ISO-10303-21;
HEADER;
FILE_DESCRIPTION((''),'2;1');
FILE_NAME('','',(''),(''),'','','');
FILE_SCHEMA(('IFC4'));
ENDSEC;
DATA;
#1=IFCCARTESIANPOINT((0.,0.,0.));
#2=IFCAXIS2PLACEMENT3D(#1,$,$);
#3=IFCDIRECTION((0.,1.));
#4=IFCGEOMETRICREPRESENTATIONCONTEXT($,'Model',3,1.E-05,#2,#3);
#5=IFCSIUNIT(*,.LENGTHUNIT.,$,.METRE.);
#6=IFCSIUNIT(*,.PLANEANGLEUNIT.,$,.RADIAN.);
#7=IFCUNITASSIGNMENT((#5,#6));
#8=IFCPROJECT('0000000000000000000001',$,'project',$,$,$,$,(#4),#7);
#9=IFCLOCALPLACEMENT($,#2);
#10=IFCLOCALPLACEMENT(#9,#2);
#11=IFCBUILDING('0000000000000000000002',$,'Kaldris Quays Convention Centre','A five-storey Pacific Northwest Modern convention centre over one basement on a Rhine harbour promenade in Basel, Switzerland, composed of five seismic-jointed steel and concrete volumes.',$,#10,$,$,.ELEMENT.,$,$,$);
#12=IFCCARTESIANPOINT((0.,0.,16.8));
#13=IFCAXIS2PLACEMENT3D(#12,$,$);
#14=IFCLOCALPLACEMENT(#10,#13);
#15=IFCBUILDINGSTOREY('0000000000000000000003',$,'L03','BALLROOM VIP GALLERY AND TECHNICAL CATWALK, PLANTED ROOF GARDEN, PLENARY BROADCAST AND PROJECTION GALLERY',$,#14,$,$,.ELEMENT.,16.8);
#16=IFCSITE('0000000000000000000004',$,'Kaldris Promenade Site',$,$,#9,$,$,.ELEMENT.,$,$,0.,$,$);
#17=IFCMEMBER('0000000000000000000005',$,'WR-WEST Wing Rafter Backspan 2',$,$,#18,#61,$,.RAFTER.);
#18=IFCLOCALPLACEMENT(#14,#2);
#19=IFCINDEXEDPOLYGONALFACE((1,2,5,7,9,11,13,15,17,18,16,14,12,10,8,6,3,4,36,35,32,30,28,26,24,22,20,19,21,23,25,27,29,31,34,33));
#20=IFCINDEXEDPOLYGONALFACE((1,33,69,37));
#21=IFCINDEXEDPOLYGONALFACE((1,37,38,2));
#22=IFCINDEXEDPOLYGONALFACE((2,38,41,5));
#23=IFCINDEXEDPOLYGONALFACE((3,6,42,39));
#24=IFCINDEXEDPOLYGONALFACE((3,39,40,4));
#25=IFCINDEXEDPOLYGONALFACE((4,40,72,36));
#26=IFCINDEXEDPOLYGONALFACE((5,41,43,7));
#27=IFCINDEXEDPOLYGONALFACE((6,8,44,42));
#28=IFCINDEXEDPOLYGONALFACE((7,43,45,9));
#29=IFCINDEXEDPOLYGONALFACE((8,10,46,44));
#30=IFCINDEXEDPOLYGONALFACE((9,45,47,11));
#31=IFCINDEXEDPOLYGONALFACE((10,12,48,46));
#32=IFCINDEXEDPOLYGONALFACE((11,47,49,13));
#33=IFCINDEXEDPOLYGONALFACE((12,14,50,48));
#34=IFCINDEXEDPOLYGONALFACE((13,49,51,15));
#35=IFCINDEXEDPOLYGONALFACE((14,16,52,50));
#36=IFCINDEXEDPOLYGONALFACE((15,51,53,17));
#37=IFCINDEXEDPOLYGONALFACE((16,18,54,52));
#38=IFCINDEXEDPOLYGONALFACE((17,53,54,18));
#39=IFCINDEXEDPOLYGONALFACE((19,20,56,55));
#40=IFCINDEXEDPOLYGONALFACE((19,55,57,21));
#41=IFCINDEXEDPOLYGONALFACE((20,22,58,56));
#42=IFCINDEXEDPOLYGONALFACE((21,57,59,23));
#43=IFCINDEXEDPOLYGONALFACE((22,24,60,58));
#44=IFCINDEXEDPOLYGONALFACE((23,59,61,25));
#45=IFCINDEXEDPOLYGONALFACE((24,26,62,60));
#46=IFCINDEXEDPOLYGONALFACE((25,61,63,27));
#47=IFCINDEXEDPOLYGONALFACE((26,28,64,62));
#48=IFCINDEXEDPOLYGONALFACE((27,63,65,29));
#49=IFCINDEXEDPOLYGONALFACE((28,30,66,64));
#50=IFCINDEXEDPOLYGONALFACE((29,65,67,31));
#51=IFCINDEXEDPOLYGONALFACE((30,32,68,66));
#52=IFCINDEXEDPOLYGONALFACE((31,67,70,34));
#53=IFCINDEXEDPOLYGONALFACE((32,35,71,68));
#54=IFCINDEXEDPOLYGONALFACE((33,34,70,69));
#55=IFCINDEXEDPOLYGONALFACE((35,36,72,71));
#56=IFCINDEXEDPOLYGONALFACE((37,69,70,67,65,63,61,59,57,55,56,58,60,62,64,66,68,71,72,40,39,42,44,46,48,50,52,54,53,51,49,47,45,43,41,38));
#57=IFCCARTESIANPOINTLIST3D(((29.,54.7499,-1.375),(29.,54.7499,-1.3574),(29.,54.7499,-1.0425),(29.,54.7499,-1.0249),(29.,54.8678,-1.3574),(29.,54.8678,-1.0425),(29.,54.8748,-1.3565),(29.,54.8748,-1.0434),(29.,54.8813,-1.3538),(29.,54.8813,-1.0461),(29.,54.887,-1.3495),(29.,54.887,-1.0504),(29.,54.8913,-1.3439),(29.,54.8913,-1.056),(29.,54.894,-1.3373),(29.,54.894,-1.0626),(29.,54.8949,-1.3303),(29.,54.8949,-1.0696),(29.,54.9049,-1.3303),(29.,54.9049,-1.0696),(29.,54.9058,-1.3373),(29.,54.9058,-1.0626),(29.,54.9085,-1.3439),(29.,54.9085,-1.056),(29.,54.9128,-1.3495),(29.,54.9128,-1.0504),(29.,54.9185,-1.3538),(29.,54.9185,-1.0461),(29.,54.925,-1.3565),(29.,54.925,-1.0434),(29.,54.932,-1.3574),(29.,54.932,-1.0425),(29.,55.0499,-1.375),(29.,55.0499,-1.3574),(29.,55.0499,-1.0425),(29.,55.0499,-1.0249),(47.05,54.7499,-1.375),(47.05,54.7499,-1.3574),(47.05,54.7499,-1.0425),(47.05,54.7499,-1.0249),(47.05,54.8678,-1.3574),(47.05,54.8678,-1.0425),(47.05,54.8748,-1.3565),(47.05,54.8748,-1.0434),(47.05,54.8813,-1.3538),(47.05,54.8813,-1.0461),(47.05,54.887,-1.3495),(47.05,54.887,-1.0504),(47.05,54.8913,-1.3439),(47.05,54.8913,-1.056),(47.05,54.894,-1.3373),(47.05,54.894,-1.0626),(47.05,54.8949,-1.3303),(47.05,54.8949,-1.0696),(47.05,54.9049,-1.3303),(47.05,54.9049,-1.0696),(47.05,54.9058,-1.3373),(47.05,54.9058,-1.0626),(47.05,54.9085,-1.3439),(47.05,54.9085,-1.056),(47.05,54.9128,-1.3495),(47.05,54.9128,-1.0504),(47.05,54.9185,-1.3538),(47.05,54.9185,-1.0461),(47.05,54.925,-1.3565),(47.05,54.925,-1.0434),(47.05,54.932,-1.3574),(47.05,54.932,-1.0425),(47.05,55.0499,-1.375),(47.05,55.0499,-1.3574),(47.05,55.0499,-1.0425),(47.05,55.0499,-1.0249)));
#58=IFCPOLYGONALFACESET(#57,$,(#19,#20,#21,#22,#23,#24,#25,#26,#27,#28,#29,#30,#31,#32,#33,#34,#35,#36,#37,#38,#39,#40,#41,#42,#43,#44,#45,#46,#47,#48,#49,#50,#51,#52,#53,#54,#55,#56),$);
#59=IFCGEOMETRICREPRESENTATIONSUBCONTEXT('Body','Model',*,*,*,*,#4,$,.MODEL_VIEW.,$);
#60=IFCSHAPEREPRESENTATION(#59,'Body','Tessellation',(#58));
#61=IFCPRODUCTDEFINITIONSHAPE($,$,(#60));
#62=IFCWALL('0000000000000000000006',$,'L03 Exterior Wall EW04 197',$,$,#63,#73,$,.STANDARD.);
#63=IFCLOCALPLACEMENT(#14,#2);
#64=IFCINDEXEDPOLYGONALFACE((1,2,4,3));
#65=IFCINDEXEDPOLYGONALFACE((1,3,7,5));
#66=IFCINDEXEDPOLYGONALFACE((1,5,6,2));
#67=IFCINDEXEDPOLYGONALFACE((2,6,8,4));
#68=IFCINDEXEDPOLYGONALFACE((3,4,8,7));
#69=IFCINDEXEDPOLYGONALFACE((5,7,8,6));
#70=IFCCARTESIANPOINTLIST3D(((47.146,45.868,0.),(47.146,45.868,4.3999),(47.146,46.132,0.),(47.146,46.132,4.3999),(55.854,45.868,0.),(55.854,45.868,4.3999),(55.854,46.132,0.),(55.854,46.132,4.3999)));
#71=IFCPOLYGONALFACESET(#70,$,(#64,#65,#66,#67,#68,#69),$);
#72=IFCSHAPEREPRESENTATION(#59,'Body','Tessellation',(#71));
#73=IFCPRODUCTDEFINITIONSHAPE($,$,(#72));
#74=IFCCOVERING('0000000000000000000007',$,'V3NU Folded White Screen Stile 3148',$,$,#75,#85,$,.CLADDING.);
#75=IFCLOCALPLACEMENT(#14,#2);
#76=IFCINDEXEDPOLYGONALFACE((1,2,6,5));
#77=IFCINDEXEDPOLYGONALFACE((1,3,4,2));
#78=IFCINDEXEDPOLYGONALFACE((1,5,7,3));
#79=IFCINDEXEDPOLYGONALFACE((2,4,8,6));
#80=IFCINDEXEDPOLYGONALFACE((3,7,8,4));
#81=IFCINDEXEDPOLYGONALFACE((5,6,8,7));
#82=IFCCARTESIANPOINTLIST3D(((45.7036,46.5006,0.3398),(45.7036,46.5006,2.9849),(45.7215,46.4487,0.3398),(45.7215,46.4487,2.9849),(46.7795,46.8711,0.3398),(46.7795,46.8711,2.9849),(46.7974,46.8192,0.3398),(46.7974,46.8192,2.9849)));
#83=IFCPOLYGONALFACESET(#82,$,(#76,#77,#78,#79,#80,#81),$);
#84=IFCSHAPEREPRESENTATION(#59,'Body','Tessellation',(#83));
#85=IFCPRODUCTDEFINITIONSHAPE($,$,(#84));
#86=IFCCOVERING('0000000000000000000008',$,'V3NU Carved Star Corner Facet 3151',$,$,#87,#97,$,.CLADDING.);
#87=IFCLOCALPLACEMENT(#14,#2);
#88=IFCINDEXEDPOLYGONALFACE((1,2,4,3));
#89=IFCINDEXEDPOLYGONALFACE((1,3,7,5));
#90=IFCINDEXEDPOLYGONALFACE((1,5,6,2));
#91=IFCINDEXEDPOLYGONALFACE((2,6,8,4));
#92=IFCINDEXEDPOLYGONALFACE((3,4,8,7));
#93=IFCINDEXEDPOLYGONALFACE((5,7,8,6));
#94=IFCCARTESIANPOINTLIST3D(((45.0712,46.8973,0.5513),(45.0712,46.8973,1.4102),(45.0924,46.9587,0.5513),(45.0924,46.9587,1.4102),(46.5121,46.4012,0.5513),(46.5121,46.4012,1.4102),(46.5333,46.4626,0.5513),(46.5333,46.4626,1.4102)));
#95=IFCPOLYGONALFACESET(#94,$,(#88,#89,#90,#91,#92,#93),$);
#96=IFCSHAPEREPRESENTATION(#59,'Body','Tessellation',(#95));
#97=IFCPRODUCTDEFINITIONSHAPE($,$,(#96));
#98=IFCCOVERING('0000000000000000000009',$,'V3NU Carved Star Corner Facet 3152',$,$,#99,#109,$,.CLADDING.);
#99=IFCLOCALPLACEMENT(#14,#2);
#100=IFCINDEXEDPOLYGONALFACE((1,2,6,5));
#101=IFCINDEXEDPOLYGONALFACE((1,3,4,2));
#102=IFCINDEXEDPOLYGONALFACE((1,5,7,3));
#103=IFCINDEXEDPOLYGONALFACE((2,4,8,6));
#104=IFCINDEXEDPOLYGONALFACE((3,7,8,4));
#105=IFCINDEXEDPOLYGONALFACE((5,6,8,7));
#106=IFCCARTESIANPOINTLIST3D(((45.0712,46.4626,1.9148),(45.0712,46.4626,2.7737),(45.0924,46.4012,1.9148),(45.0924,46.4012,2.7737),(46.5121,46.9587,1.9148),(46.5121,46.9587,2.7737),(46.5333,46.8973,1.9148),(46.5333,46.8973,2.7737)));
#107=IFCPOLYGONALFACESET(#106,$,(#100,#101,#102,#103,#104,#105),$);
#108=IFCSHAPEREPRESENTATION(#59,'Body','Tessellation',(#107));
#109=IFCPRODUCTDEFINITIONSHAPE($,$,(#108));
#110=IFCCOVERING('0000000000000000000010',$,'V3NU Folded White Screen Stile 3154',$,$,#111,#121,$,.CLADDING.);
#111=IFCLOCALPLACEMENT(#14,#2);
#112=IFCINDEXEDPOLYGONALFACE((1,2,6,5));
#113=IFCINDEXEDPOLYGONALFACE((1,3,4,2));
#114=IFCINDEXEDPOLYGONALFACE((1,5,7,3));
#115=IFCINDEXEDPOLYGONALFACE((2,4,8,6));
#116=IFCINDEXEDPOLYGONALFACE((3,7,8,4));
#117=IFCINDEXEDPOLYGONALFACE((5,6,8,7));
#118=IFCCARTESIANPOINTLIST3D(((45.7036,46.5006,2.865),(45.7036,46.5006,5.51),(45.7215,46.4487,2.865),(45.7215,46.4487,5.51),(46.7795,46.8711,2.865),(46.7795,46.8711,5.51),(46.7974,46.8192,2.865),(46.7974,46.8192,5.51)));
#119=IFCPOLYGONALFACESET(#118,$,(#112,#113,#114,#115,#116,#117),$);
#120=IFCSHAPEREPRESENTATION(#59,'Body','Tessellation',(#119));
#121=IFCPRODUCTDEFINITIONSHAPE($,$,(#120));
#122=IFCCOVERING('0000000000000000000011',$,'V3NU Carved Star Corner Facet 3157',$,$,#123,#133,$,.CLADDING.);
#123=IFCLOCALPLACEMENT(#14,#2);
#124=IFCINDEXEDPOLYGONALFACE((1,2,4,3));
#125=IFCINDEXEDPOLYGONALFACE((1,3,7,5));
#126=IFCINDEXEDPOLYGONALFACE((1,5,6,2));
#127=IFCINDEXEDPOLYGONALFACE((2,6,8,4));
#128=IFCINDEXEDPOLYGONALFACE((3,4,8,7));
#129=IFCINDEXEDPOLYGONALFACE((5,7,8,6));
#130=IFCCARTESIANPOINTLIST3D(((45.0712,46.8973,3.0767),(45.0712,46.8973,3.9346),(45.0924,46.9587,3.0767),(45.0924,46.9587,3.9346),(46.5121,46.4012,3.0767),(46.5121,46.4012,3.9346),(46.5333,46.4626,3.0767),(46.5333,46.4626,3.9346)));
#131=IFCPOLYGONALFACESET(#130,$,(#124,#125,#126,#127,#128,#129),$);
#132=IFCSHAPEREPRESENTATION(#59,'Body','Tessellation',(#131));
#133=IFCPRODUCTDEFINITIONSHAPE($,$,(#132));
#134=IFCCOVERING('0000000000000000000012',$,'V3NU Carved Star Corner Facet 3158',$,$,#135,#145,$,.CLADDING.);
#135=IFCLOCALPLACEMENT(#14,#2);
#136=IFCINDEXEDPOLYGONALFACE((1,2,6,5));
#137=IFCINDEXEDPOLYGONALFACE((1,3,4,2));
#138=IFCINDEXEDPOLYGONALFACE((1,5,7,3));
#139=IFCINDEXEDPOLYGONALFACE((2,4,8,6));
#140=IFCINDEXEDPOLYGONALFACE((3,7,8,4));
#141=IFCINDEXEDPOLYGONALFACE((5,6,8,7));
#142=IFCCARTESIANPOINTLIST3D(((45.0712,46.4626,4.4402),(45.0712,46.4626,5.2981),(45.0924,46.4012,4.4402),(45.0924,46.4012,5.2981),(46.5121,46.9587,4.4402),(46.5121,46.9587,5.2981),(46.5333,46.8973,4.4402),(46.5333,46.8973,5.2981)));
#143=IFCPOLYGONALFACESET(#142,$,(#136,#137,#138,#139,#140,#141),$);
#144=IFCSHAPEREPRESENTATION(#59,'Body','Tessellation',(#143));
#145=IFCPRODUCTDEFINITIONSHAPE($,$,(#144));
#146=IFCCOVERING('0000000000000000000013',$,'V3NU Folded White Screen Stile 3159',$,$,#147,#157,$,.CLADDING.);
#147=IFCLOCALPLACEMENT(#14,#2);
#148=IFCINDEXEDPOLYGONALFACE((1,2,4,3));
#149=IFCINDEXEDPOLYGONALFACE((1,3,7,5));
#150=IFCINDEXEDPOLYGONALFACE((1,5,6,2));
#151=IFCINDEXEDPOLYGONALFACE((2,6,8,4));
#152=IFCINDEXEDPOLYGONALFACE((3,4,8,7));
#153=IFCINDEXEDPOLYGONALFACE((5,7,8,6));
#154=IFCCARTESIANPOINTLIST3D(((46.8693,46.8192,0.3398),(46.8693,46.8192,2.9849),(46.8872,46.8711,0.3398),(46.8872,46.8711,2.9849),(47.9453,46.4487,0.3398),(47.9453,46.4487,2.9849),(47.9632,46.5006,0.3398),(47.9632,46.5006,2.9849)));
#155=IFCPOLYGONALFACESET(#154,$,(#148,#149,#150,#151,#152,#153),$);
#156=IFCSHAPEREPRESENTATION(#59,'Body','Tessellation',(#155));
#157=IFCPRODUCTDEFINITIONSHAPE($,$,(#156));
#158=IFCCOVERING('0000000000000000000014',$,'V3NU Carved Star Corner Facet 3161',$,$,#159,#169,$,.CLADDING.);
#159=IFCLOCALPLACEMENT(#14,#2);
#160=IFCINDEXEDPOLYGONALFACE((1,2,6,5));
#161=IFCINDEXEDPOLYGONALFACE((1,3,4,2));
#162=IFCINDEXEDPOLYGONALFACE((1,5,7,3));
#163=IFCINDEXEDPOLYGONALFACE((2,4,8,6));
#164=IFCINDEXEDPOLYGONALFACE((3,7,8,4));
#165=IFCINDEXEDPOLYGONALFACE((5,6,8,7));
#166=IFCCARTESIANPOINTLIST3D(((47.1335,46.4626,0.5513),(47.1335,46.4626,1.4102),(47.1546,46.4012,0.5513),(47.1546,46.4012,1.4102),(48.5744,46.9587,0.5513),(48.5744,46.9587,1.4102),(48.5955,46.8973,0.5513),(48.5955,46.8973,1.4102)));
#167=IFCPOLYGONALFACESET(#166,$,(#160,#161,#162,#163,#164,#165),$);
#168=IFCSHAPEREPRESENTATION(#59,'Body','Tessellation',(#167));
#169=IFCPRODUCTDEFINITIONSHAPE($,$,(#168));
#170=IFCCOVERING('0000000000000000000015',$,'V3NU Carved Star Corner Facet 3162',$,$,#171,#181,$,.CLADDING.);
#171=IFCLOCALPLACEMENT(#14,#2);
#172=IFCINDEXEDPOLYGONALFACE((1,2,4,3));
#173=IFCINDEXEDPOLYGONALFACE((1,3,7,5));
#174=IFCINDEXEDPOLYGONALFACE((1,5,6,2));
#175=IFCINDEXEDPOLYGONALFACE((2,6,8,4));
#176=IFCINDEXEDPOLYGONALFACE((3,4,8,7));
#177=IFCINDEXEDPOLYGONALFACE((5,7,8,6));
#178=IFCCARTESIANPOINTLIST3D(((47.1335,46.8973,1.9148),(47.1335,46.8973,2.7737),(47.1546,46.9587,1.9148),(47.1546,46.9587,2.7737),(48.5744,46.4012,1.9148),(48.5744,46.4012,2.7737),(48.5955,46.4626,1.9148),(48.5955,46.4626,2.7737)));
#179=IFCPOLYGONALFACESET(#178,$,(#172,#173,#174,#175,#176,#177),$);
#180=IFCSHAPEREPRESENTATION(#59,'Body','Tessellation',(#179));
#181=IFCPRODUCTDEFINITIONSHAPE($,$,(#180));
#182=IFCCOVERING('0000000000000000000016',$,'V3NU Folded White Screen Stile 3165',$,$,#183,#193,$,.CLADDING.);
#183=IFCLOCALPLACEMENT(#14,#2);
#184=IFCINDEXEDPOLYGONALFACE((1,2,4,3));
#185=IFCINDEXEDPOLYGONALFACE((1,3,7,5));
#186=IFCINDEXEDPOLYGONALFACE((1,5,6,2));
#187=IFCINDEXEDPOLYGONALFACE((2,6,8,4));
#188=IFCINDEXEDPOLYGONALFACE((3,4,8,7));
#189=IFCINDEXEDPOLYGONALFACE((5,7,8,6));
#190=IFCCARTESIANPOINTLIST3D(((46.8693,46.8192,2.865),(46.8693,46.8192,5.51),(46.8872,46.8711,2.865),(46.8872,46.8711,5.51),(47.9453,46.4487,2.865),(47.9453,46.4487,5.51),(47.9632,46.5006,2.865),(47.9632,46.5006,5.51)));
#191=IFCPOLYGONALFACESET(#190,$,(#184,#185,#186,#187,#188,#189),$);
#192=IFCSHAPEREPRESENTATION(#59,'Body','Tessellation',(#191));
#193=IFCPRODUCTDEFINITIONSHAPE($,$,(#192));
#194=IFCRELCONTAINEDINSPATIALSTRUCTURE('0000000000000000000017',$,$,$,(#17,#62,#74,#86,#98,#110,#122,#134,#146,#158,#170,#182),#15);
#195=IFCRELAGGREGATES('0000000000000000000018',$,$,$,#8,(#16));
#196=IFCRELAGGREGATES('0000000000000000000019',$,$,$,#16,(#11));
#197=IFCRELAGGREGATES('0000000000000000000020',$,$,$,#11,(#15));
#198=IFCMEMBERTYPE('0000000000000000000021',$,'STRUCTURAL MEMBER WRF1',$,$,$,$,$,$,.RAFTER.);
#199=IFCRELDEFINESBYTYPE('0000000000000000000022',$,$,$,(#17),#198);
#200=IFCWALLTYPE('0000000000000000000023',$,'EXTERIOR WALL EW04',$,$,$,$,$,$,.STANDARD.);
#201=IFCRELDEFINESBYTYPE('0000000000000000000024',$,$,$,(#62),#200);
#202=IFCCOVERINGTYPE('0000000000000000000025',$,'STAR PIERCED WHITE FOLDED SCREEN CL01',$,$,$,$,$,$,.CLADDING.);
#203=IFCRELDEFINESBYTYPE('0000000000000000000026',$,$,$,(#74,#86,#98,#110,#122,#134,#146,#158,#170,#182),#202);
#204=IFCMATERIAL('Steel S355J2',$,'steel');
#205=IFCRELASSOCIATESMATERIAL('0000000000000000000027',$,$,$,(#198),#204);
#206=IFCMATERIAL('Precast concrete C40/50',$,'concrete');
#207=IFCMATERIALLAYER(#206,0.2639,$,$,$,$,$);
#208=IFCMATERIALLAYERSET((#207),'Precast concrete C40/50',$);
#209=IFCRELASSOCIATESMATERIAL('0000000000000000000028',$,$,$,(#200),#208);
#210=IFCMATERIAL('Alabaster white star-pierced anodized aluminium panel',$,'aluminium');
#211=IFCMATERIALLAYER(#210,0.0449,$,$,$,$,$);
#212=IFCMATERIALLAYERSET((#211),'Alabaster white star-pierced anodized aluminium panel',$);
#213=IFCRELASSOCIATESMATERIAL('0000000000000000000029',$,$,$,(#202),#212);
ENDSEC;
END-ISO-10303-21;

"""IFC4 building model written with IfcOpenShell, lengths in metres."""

from ifc_helpers import new_model, si_unit, direction, frame, frame_2d, origin, origin_2d, place, context, subcontext, project, spatial, rectangle, i_section, extrude, material, layer, layer_set, material_profile, profile_set, type_object, element, save


model = new_model("IFC4")

# Units and contexts
model_context = context("Model", 3, precision=1e-05, world=origin(), true_north=direction((0.0, 1.0)))
body_context = subcontext(model_context, "Body", "Model", "MODEL_VIEW")
ifc_project = project(units=[si_unit("LENGTHUNIT", "METRE"), si_unit("PLANEANGLEUNIT", "RADIAN")], contexts=[model_context])

# Site, building, storey
site_placement = place(None, origin())
site = spatial("IfcSite", under=ifc_project, at=site_placement, Name="Kaldris Promenade Site", CompositionType="ELEMENT", RefElevation=0.0)
building_placement = place(site_placement, origin())
building = spatial("IfcBuilding", under=site, at=building_placement, Name="Kaldris Quays Convention Centre", Description="A five-storey Pacific Northwest Modern convention centre over one basement on a Rhine harbour promenade in Basel, Switzerland, composed of five seismic-jointed steel and concrete volumes.", CompositionType="ELEMENT")
storey_placement = place(building_placement, frame((0.0, 0.0, 16.8)))
storey = spatial("IfcBuildingStorey", under=building, at=storey_placement, Name="L03", Description="BALLROOM VIP GALLERY AND TECHNICAL CATWALK, PLANTED ROOF GARDEN, PLENARY BROADCAST AND PROJECTION GALLERY", CompositionType="ELEMENT", Elevation=16.8)

# Shared definitions
ifc_material_1 = material(Name="Steel S355J2", Category="steel")

# Member
ifc_material_profile_1 = material_profile(ifc_material_1, i_section(OverallWidth=0.3, OverallDepth=0.3501, WebThickness=0.01, FlangeThickness=0.0176, FilletRadius=0.0271, at=origin_2d()), Name="HEA 360")
ifc_profile_set_1 = profile_set([ifc_material_profile_1], Name="Steel S355J2")
member_type_1 = type_object("IfcMemberType", Name="STRUCTURAL MEMBER WRF1", PredefinedType="RAFTER", material=ifc_profile_set_1)
for number, where, z_axis, x_axis, name in (
    (1, (47.05, 54.8999, -1.2), (-1.0, 0.0, 0.0), (0.0, -1.0, 0.0), "WR-WEST Wing Rafter Backspan 2"),
):
    element("IfcMember", number, at=place(storey_placement, frame(where, z_axis=z_axis, x_axis=x_axis)), inside=storey, type_object=member_type_1, Name=name, PredefinedType="RAFTER", context=body_context, shape_type="SweptSolid", body=[
        extrude(i_section(OverallWidth=0.3, OverallDepth=0.3501, WebThickness=0.01, FlangeThickness=0.0176, FilletRadius=0.0271, at=origin_2d()), origin(), (0.0, 0.0, 1.0), 18.05),
    ])

# Wall
ifc_material_2 = material(Name="Precast concrete C40/50", Category="concrete")
ifc_layer_1 = layer(ifc_material_2, 0.2639)
ifc_layer_set_1 = layer_set([ifc_layer_1], Name="Precast concrete C40/50")
wall_type = type_object("IfcWallType", Name="EXTERIOR WALL EW04", PredefinedType="STANDARD", material=ifc_layer_set_1)
wall_placement = place(storey_placement, frame((47.146, 46.0, 0.0), z_axis=(0.0, 0.0, 1.0), x_axis=(1.0, 0.0, 0.0)))
element("IfcWall", 2, at=wall_placement, inside=storey, type_object=wall_type, Name="L03 Exterior Wall EW04 197", PredefinedType="STANDARD", context=body_context, shape_type="SweptSolid", body=[
    extrude(rectangle(XDim=8.708, YDim=0.2639, at=frame_2d((4.354, 0.0))), origin(), (0.0, 0.0, 1.0), 4.3999),
])

# Coverings
ifc_material_3 = material(Name="Alabaster white star-pierced anodized aluminium panel", Category="aluminium")
ifc_layer_2 = layer(ifc_material_3, 0.0449)
ifc_layer_set_2 = layer_set([ifc_layer_2], Name="Alabaster white star-pierced anodized aluminium panel")
covering_type = type_object("IfcCoveringType", Name="STAR PIERCED WHITE FOLDED SCREEN CL01", PredefinedType="CLADDING", material=ifc_layer_set_2)
covering_1_placement = place(storey_placement, frame((46.2505, 46.6599, 0.3398), z_axis=(0.0, 0.0, 1.0), x_axis=(0.945519, 0.325568, 0.0)))
element("IfcCovering", 3, at=covering_1_placement, inside=storey, type_object=covering_type, Name="V3NU Folded White Screen Stile 3148", PredefinedType="CLADDING", context=body_context, shape_type="SweptSolid", body=[
    extrude(rectangle(XDim=1.1379, YDim=0.0549, at=origin_2d()), origin(), (0.0, 0.0, 1.0), 2.645),
])
for number, where, z_axis, x_axis, name in (
    (4, (45.8022, 46.6799, 0.5513), (0.0, 0.0, 1.0), (0.945519, -0.325568, 0.0), "V3NU Carved Star Corner Facet 3151"),
    (5, (45.8022, 46.6799, 1.9148), (0.0, 0.0, 1.0), (0.945519, 0.325568, 0.0), "V3NU Carved Star Corner Facet 3152"),
):
    element("IfcCovering", number, at=place(storey_placement, frame(where, z_axis=z_axis, x_axis=x_axis)), inside=storey, type_object=covering_type, Name=name, PredefinedType="CLADDING", context=body_context, shape_type="SweptSolid", body=[
        extrude(rectangle(XDim=1.5239, YDim=0.0649, at=origin_2d()), origin(), (0.0, 0.0, 1.0), 0.8589),
    ])
covering_2_placement = place(storey_placement, frame((46.2505, 46.6599, 2.865), z_axis=(0.0, 0.0, 1.0), x_axis=(0.945519, 0.325568, 0.0)))
element("IfcCovering", 6, at=covering_2_placement, inside=storey, type_object=covering_type, Name="V3NU Folded White Screen Stile 3154", PredefinedType="CLADDING", context=body_context, shape_type="SweptSolid", body=[
    extrude(rectangle(XDim=1.1379, YDim=0.0549, at=origin_2d()), origin(), (0.0, 0.0, 1.0), 2.645),
])
for number, where, z_axis, x_axis, name in (
    (7, (45.8022, 46.6799, 3.0767), (0.0, 0.0, 1.0), (0.945519, -0.325568, 0.0), "V3NU Carved Star Corner Facet 3157"),
    (8, (45.8022, 46.6799, 4.4402), (0.0, 0.0, 1.0), (0.945519, 0.325568, 0.0), "V3NU Carved Star Corner Facet 3158"),
):
    element("IfcCovering", number, at=place(storey_placement, frame(where, z_axis=z_axis, x_axis=x_axis)), inside=storey, type_object=covering_type, Name=name, PredefinedType="CLADDING", context=body_context, shape_type="SweptSolid", body=[
        extrude(rectangle(XDim=1.5239, YDim=0.0649, at=origin_2d()), origin(), (0.0, 0.0, 1.0), 0.8579),
    ])
covering_3_placement = place(storey_placement, frame((47.4163, 46.6599, 0.3398), z_axis=(0.0, 0.0, 1.0), x_axis=(0.945519, -0.325568, 0.0)))
element("IfcCovering", 9, at=covering_3_placement, inside=storey, type_object=covering_type, Name="V3NU Folded White Screen Stile 3159", PredefinedType="CLADDING", context=body_context, shape_type="SweptSolid", body=[
    extrude(rectangle(XDim=1.1379, YDim=0.0549, at=origin_2d()), origin(), (0.0, 0.0, 1.0), 2.645),
])
for number, where, z_axis, x_axis, name in (
    (10, (47.8645, 46.6799, 0.5513), (0.0, 0.0, 1.0), (0.945519, 0.325568, 0.0), "V3NU Carved Star Corner Facet 3161"),
    (11, (47.8645, 46.6799, 1.9148), (0.0, 0.0, 1.0), (0.945519, -0.325568, 0.0), "V3NU Carved Star Corner Facet 3162"),
):
    element("IfcCovering", number, at=place(storey_placement, frame(where, z_axis=z_axis, x_axis=x_axis)), inside=storey, type_object=covering_type, Name=name, PredefinedType="CLADDING", context=body_context, shape_type="SweptSolid", body=[
        extrude(rectangle(XDim=1.5239, YDim=0.0649, at=origin_2d()), origin(), (0.0, 0.0, 1.0), 0.8589),
    ])
covering_4_placement = place(storey_placement, frame((47.4163, 46.6599, 2.865), z_axis=(0.0, 0.0, 1.0), x_axis=(0.945519, -0.325568, 0.0)))
element("IfcCovering", 12, at=covering_4_placement, inside=storey, type_object=covering_type, Name="V3NU Folded White Screen Stile 3165", PredefinedType="CLADDING", context=body_context, shape_type="SweptSolid", body=[
    extrude(rectangle(XDim=1.1379, YDim=0.0549, at=origin_2d()), origin(), (0.0, 0.0, 1.0), 2.645),
])

save(model, "model.ifc")
